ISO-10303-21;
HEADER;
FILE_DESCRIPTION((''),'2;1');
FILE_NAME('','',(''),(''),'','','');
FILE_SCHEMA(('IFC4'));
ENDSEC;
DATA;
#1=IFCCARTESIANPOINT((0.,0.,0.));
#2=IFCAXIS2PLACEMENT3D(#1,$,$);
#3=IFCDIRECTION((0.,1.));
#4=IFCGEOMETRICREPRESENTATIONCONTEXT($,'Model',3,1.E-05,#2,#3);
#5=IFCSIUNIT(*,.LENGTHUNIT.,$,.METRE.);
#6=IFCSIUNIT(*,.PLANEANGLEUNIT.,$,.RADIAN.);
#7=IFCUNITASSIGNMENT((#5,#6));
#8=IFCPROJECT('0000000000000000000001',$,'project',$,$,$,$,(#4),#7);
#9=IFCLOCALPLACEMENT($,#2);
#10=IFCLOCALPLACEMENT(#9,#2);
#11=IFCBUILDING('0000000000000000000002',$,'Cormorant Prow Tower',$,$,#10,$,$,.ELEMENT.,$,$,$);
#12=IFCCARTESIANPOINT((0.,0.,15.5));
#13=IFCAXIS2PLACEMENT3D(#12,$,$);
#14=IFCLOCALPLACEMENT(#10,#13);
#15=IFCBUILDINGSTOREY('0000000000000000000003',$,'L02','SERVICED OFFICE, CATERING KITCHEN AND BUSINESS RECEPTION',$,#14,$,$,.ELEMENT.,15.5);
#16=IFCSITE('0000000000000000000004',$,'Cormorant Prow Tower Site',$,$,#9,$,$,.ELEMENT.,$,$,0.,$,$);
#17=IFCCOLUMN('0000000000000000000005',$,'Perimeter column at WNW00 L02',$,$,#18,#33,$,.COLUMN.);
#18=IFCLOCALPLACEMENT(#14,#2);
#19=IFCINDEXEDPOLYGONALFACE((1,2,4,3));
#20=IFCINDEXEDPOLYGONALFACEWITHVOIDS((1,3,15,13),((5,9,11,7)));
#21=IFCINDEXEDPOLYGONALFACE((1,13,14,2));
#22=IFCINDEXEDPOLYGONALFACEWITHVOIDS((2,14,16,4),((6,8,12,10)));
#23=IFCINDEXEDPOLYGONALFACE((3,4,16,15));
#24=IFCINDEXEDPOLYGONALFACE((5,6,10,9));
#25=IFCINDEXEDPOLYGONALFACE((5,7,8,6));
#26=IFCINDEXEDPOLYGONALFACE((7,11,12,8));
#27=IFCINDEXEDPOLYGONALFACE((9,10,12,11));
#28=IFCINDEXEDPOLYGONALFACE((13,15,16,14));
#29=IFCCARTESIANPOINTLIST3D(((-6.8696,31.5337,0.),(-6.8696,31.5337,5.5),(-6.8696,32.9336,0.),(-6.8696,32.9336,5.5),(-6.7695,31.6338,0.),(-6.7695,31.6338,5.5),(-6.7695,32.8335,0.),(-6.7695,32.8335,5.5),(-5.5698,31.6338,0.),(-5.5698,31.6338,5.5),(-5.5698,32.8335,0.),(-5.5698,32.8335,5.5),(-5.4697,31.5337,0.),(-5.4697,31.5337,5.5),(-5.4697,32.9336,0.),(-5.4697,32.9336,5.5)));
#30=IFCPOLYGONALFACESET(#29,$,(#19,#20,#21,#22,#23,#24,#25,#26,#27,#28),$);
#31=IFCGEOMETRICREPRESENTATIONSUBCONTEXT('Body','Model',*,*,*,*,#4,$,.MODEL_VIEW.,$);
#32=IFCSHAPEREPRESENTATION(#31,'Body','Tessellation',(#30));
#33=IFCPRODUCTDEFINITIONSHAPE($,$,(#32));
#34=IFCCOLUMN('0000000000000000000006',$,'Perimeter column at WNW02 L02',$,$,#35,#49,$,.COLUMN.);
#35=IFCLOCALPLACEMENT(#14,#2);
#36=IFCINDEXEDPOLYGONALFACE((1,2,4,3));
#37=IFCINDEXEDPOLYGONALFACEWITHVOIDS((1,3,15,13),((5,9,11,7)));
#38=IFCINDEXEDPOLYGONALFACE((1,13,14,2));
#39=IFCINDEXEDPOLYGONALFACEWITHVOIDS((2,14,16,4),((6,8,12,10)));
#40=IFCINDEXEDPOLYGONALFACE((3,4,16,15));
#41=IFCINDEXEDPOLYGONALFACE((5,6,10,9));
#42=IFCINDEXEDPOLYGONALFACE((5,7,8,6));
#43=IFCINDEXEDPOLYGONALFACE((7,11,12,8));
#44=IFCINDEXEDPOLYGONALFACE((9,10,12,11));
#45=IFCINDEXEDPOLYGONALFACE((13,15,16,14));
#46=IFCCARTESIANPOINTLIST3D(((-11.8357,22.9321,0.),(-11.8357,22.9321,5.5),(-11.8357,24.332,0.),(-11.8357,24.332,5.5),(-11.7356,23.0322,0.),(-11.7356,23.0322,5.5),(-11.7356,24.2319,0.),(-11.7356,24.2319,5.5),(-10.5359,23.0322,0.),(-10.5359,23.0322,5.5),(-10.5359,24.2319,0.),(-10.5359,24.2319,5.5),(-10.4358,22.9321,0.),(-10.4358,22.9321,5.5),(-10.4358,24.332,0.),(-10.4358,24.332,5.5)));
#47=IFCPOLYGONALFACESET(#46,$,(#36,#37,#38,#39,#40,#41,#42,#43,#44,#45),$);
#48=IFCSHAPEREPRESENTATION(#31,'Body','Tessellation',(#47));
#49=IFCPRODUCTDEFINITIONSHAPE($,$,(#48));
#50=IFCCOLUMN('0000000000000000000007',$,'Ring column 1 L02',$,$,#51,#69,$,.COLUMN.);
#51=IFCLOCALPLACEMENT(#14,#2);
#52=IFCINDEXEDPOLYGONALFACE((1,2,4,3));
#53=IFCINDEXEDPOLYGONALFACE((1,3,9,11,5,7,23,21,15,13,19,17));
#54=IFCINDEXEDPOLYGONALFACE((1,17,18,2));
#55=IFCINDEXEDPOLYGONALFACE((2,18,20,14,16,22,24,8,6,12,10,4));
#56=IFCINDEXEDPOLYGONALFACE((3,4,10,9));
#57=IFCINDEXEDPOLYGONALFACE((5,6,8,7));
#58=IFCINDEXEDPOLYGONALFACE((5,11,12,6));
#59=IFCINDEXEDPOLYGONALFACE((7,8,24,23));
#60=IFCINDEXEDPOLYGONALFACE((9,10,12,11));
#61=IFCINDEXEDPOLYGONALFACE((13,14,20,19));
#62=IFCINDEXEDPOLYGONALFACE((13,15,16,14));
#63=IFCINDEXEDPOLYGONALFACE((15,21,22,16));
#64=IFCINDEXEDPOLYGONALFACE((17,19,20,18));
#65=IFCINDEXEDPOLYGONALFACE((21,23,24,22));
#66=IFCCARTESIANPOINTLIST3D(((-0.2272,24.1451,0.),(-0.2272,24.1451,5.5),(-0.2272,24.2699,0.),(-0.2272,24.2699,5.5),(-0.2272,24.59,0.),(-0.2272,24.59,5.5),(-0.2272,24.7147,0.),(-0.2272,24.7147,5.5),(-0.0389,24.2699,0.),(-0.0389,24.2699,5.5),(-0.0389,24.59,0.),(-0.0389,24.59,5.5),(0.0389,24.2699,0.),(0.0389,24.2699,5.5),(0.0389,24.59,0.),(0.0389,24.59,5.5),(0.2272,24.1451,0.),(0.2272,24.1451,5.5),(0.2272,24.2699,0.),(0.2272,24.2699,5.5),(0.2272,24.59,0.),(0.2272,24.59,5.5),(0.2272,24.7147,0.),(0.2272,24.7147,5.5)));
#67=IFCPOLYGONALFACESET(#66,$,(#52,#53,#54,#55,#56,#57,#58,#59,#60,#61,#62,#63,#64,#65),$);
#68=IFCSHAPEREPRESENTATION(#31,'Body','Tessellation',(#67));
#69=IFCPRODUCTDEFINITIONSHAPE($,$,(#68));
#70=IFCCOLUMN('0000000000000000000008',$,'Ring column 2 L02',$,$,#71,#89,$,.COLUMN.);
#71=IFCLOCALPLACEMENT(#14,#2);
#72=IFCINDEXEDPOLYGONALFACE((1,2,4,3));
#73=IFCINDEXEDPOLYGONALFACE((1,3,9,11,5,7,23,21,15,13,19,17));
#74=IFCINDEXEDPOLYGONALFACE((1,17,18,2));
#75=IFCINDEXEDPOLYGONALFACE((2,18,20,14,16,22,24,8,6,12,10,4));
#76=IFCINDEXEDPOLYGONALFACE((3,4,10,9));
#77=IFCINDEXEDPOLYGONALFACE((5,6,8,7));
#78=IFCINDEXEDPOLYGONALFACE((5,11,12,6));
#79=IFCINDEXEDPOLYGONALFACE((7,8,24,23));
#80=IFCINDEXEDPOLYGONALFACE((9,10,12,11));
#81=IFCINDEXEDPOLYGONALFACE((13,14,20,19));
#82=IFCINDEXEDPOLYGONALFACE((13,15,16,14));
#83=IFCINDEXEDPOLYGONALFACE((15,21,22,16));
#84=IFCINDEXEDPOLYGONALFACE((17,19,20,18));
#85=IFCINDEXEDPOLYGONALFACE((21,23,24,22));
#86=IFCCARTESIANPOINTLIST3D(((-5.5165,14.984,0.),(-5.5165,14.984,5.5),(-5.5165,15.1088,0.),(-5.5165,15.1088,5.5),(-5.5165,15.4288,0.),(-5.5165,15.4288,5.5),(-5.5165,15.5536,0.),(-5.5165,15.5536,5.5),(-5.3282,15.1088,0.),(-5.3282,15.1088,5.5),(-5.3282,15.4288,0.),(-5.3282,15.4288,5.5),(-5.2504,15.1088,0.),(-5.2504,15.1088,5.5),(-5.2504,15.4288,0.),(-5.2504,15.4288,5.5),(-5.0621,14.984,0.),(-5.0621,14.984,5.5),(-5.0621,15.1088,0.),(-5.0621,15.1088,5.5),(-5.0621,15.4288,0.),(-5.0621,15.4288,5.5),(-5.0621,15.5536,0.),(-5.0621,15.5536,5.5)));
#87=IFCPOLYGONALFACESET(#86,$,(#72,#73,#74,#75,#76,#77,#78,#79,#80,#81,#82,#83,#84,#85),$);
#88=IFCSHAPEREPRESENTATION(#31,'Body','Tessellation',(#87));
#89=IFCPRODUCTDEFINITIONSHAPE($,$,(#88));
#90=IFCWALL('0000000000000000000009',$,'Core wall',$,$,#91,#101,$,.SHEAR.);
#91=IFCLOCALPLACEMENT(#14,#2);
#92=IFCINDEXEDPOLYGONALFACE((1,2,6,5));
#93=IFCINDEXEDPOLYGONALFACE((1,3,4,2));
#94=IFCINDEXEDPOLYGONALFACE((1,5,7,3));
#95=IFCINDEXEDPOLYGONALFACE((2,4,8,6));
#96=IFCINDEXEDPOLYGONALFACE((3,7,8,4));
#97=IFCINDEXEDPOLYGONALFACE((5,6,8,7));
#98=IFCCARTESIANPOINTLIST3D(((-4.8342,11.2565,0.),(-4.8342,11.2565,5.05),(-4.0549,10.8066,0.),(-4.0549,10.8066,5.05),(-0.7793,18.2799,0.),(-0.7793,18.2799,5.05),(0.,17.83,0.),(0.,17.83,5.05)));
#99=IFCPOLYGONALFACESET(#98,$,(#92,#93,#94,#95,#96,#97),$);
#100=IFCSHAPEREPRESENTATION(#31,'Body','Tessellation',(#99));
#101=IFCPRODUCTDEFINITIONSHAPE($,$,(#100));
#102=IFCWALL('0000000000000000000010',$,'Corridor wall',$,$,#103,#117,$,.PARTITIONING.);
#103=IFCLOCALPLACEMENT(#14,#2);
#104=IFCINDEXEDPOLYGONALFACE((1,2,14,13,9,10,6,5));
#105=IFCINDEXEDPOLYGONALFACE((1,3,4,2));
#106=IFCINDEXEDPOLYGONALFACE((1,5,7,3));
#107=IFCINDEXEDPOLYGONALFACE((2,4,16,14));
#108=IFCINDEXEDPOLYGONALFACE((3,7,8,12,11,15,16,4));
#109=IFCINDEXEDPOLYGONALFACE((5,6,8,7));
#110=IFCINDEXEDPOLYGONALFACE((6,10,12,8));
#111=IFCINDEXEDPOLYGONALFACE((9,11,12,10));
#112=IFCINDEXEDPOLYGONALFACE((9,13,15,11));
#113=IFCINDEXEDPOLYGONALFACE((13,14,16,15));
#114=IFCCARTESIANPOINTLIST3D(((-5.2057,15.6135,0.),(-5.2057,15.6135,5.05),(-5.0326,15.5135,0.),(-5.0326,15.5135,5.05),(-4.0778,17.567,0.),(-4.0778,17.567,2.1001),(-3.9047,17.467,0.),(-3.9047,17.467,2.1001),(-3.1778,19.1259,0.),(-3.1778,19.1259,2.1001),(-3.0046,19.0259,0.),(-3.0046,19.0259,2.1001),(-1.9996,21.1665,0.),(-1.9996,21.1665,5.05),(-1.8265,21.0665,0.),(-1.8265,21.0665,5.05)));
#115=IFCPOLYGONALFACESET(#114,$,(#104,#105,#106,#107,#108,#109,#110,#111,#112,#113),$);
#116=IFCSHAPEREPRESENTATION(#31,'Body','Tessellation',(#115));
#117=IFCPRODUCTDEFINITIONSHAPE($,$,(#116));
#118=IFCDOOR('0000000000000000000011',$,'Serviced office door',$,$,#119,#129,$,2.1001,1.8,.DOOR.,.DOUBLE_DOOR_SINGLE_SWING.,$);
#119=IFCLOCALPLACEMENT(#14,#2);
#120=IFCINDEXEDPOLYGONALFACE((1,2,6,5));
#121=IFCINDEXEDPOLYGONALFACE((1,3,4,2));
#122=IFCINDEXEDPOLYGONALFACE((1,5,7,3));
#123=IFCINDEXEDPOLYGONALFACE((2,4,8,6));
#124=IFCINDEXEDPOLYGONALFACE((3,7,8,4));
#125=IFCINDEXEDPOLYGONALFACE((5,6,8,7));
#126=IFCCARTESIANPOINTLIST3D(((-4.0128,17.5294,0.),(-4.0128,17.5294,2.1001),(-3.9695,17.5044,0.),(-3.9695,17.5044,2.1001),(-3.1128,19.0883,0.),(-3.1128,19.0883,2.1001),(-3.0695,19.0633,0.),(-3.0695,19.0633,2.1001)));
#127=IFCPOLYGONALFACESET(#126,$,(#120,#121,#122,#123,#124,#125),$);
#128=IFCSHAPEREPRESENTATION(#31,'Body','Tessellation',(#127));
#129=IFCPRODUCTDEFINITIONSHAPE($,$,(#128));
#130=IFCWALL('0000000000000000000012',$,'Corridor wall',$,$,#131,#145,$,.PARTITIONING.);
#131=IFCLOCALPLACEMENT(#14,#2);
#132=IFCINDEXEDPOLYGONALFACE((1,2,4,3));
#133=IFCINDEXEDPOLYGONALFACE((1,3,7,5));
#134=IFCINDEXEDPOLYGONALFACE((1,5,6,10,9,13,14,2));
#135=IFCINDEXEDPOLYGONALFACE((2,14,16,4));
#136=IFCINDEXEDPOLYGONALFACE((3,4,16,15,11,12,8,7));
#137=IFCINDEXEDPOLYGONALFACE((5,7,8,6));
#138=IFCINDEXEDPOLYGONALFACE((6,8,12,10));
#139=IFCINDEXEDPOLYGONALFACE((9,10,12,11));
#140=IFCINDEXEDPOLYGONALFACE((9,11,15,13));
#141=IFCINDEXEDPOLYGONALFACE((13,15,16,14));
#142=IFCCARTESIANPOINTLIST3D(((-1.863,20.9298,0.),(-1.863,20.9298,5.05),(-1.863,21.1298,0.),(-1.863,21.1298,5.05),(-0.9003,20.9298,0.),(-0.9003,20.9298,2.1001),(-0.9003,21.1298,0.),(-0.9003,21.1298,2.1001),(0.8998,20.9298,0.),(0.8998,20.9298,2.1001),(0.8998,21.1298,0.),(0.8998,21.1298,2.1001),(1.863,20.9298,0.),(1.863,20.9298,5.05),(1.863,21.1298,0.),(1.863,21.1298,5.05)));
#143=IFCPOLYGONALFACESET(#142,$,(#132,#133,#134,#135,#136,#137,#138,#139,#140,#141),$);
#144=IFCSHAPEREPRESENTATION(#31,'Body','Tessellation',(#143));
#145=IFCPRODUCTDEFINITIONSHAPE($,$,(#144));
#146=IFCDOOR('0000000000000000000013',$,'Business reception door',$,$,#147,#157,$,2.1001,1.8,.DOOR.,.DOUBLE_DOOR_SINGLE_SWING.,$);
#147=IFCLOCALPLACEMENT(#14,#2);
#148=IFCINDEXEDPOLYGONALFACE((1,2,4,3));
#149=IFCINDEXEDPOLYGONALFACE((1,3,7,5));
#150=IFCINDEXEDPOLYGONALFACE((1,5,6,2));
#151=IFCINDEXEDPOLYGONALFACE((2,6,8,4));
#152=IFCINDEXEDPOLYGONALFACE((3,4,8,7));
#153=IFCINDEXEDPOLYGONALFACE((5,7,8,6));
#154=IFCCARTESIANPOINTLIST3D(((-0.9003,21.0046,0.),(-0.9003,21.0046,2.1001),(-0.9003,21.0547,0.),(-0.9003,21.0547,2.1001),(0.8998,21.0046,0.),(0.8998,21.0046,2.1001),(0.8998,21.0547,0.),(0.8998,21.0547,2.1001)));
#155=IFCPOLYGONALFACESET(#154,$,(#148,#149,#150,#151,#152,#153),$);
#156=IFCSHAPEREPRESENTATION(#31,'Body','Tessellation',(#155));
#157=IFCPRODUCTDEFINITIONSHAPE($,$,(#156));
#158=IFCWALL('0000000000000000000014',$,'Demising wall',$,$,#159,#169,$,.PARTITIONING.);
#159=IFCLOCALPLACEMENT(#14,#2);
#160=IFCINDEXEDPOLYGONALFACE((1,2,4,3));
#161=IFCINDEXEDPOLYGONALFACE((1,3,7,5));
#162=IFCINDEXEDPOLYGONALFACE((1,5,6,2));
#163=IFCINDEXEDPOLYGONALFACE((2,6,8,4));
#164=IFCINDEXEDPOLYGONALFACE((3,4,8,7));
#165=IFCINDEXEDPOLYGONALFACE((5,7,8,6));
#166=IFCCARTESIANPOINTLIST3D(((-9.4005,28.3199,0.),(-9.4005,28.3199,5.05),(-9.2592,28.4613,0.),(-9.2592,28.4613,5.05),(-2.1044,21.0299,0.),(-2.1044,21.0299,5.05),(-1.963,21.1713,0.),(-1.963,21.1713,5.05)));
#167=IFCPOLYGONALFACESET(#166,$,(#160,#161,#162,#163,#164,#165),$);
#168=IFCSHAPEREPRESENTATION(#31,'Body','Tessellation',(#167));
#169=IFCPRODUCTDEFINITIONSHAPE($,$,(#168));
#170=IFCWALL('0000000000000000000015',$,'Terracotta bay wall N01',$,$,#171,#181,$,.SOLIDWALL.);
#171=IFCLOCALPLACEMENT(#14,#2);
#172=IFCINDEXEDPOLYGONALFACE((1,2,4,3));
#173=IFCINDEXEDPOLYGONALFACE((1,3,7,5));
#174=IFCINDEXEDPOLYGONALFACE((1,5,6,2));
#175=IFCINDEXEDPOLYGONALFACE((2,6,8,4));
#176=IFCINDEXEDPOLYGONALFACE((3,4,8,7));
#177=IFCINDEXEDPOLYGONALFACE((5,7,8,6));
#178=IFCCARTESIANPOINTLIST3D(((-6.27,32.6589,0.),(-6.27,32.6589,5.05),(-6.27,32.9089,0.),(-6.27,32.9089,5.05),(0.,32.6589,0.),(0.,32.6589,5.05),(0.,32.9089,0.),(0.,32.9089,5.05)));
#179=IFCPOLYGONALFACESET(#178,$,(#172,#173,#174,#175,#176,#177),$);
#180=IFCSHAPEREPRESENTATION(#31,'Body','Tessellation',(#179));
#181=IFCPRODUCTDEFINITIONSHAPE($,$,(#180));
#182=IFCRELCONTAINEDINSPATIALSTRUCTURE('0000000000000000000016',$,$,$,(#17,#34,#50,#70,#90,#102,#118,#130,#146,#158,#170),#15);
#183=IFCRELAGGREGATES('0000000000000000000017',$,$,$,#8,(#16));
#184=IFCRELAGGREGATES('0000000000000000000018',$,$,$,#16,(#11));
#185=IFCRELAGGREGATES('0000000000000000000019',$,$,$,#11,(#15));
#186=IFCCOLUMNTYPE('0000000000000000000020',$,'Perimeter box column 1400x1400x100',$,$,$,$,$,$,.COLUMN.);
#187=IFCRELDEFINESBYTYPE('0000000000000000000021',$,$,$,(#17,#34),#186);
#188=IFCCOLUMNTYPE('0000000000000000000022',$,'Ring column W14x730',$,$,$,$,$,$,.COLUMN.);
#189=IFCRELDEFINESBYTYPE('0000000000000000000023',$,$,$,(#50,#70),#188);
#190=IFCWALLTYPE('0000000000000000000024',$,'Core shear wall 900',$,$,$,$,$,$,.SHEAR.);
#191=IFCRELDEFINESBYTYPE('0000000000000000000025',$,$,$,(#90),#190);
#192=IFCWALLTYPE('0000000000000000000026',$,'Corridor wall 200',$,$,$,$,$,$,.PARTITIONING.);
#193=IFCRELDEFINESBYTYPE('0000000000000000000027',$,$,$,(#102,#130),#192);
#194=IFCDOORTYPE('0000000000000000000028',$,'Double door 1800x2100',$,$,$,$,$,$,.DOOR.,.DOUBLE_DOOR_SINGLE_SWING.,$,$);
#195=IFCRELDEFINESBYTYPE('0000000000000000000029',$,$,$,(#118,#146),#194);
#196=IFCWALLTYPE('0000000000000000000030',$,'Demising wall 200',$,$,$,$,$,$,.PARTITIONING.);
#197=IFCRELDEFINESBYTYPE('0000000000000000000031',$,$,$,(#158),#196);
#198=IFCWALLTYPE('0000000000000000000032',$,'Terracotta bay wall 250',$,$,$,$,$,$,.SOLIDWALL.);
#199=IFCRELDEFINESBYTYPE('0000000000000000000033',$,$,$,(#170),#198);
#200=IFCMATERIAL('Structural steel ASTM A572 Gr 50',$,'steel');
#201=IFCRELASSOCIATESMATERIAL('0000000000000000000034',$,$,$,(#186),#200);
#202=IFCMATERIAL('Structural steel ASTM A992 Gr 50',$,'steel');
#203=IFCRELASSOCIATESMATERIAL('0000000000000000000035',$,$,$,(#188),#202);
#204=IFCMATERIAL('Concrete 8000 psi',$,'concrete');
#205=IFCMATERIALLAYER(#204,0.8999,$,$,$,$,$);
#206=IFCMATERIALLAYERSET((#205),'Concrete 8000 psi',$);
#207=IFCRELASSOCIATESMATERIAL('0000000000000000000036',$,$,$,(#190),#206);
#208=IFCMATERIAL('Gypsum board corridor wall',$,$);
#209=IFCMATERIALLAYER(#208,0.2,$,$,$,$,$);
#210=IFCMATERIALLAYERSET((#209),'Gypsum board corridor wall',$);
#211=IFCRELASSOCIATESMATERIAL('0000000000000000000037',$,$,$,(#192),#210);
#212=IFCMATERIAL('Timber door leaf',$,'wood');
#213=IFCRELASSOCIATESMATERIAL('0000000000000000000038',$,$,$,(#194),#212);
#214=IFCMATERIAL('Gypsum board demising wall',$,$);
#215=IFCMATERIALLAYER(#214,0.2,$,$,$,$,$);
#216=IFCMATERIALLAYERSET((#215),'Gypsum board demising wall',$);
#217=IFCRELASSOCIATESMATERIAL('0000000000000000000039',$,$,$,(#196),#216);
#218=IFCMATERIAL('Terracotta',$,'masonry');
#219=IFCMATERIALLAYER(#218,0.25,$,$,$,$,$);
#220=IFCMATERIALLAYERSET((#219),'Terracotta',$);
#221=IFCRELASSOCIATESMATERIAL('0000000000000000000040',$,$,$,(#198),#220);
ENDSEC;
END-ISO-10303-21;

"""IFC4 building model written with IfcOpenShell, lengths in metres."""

from ifc_helpers import new_model, si_unit, direction, frame, frame_2d, origin, origin_2d, place, context, subcontext, project, spatial, rectangle, hollow_rectangle, i_section, extrude, material, layer, layer_set, material_profile, profile_set, type_object, element, fill, save


model = new_model("IFC4")

# Units and contexts
model_context = context("Model", 3, precision=1e-05, world=origin(), true_north=direction((0.0, 1.0)))
body_context = subcontext(model_context, "Body", "Model", "MODEL_VIEW")
ifc_project = project(units=[si_unit("LENGTHUNIT", "METRE"), si_unit("PLANEANGLEUNIT", "RADIAN")], contexts=[model_context])

# Site, building, storey
site_placement = place(None, origin())
site = spatial("IfcSite", under=ifc_project, at=site_placement, Name="Cormorant Prow Tower Site", CompositionType="ELEMENT", RefElevation=0.0)
building_placement = place(site_placement, origin())
building = spatial("IfcBuilding", under=site, at=building_placement, Name="Cormorant Prow Tower", CompositionType="ELEMENT")
storey_placement = place(building_placement, frame((0.0, 0.0, 15.5)))
storey = spatial("IfcBuildingStorey", under=building, at=storey_placement, Name="L02", Description="SERVICED OFFICE, CATERING KITCHEN AND BUSINESS RECEPTION", CompositionType="ELEMENT", Elevation=15.5)

# Columns
ifc_material_1 = material(Name="Structural steel ASTM A572 Gr 50", Category="steel")
ifc_material_profile_1 = material_profile(ifc_material_1, hollow_rectangle(XDim=1.3999, YDim=1.3999, WallThickness=0.1001, at=origin_2d()), Name="Box 1400x1400x100")
ifc_profile_set_1 = profile_set([ifc_material_profile_1], Name="Structural steel ASTM A572 Gr 50")
column_type_1 = type_object("IfcColumnType", Name="Perimeter box column 1400x1400x100", PredefinedType="COLUMN", material=ifc_profile_set_1)
for number, where, z_axis, x_axis, name in (
    (1, (-6.1697, 32.2336, 0.0), (0.0, 0.0, 1.0), (1.0, 0.0, 0.0), "Perimeter column at WNW00 L02"),
    (2, (-11.1357, 23.6321, 0.0), (0.0, 0.0, 1.0), (1.0, 0.0, 0.0), "Perimeter column at WNW02 L02"),
):
    element("IfcColumn", number, at=place(storey_placement, frame(where, z_axis=z_axis, x_axis=x_axis)), inside=storey, type_object=column_type_1, Name=name, PredefinedType="COLUMN", context=body_context, shape_type="SweptSolid", body=[
        extrude(hollow_rectangle(XDim=1.3999, YDim=1.3999, WallThickness=0.1001, at=origin_2d()), origin(), (0.0, 0.0, 1.0), 5.5),
    ])
ifc_material_2 = material(Name="Structural steel ASTM A992 Gr 50", Category="steel")
ifc_material_profile_2 = material_profile(ifc_material_2, i_section(OverallWidth=0.4543, OverallDepth=0.5696, WebThickness=0.0779, FlangeThickness=0.1248, at=origin_2d()), Name="W14x730")
ifc_profile_set_2 = profile_set([ifc_material_profile_2], Name="Structural steel ASTM A992 Gr 50")
column_type_2 = type_object("IfcColumnType", Name="Ring column W14x730", PredefinedType="COLUMN", material=ifc_profile_set_2)
for number, where, z_axis, x_axis, name in (
    (3, (0.0, 24.4299, 0.0), (0.0, 0.0, 1.0), (1.0, 0.0, 0.0), "Ring column 1 L02"),
    (4, (-5.2893, 15.2688, 0.0), (0.0, 0.0, 1.0), (1.0, 0.0, 0.0), "Ring column 2 L02"),
):
    element("IfcColumn", number, at=place(storey_placement, frame(where, z_axis=z_axis, x_axis=x_axis)), inside=storey, type_object=column_type_2, Name=name, PredefinedType="COLUMN", context=body_context, shape_type="SweptSolid", body=[
        extrude(i_section(OverallWidth=0.4543, OverallDepth=0.5696, WebThickness=0.0779, FlangeThickness=0.1248, at=origin_2d()), origin(), (0.0, 0.0, 1.0), 5.5),
    ])

# Wall
ifc_material_3 = material(Name="Concrete 8000 psi", Category="concrete")
ifc_layer_1 = layer(ifc_material_3, 0.8999)
ifc_layer_set_1 = layer_set([ifc_layer_1], Name="Concrete 8000 psi")
wall_type_1 = type_object("IfcWallType", Name="Core shear wall 900", PredefinedType="SHEAR", material=ifc_layer_set_1)
wall_1_placement = place(storey_placement, frame((-0.3896, 18.0549, 0.0), z_axis=(0.0, 0.0, 1.0), x_axis=(-0.499995, -0.866028, 0.0)))
element("IfcWall", 5, at=wall_1_placement, inside=storey, type_object=wall_type_1, Name="Core wall", PredefinedType="SHEAR", context=body_context, shape_type="SweptSolid", body=[
    extrude(rectangle(XDim=8.1099, YDim=0.8999, at=frame_2d((4.0549, 0.0))), origin(), (0.0, 0.0, 1.0), 5.05),
])

# Walls, openings, doors
ifc_material_4 = material(Name="Gypsum board corridor wall")
ifc_layer_2 = layer(ifc_material_4, 0.2)
ifc_layer_set_2 = layer_set([ifc_layer_2], Name="Gypsum board corridor wall")
wall_type_2 = type_object("IfcWallType", Name="Corridor wall 200", PredefinedType="PARTITIONING", material=ifc_layer_set_2)
wall_2_placement = place(storey_placement, frame((-5.1191, 15.5635, 0.0), z_axis=(0.0, 0.0, 1.0), x_axis=(0.500005, 0.866023, 0.0)))
wall_2 = element("IfcWall", 6, at=wall_2_placement, inside=storey, type_object=wall_type_2, Name="Corridor wall", PredefinedType="PARTITIONING", context=body_context, shape_type="SweptSolid", body=[
    extrude(rectangle(XDim=6.4121, YDim=0.2, at=frame_2d((3.2061, 0.0))), origin(), (0.0, 0.0, 1.0), 5.05),
])
opening_1_placement = place(wall_2_placement, frame((2.2559, 0.0, 0.0)))
opening_1 = element("IfcOpeningElement", 7, at=opening_1_placement, cuts=wall_2, PredefinedType="OPENING", context=body_context, shape_type="SweptSolid", body=[
    extrude(rectangle(XDim=1.8, YDim=2.1001, at=frame_2d((0.8999, 1.05))), frame((0.0, 0.1099, 0.0), z_axis=(0.0, -1.0, 0.0), x_axis=(1.0, 0.0, 0.0)), (0.0, 0.0, 1.0), 0.22),
])
ifc_material_5 = material(Name="Timber door leaf", Category="wood")
door_type = type_object("IfcDoorType", Name="Double door 1800x2100", OperationType="DOUBLE_DOOR_SINGLE_SWING", PredefinedType="DOOR", material=ifc_material_5)
door_1_placement = place(opening_1_placement, origin())
door_1 = element("IfcDoor", 8, at=door_1_placement, inside=storey, type_object=door_type, Name="Serviced office door", OperationType="DOUBLE_DOOR_SINGLE_SWING", OverallHeight=2.1001, OverallWidth=1.8, PredefinedType="DOOR", context=body_context, shape_type="SweptSolid", body=[
    extrude(rectangle(XDim=1.8, YDim=2.1001, at=frame_2d((0.8999, 1.05))), frame((0.0, 0.0249, 0.0), z_axis=(0.0, -1.0, 0.0), x_axis=(1.0, 0.0, 0.0)), (0.0, 0.0, 1.0), 0.05),
])
fill(opening_1, door_1)
wall_3_placement = place(storey_placement, frame((-1.863, 21.0298, 0.0), z_axis=(0.0, 0.0, 1.0), x_axis=(1.0, 0.0, 0.0)))
wall_3 = element("IfcWall", 9, at=wall_3_placement, inside=storey, type_object=wall_type_2, Name="Corridor wall", PredefinedType="PARTITIONING", context=body_context, shape_type="SweptSolid", body=[
    extrude(rectangle(XDim=3.7261, YDim=0.2, at=frame_2d((1.863, 0.0))), origin(), (0.0, 0.0, 1.0), 5.05),
])
opening_2_placement = place(wall_3_placement, frame((0.9629, 0.0, 0.0)))
opening_2 = element("IfcOpeningElement", 10, at=opening_2_placement, cuts=wall_3, PredefinedType="OPENING", context=body_context, shape_type="SweptSolid", body=[
    extrude(rectangle(XDim=1.8, YDim=2.1001, at=frame_2d((0.8999, 1.05))), frame((0.0, 0.1099, 0.0), z_axis=(0.0, -1.0, 0.0), x_axis=(1.0, 0.0, 0.0)), (0.0, 0.0, 1.0), 0.22),
])
door_2_placement = place(opening_2_placement, origin())
door_2 = element("IfcDoor", 11, at=door_2_placement, inside=storey, type_object=door_type, Name="Business reception door", OperationType="DOUBLE_DOOR_SINGLE_SWING", OverallHeight=2.1001, OverallWidth=1.8, PredefinedType="DOOR", context=body_context, shape_type="SweptSolid", body=[
    extrude(rectangle(XDim=1.8, YDim=2.1001, at=frame_2d((0.8999, 1.05))), frame((0.0, 0.0249, 0.0), z_axis=(0.0, -1.0, 0.0), x_axis=(1.0, 0.0, 0.0)), (0.0, 0.0, 1.0), 0.05),
])
fill(opening_2, door_2)

# Walls
ifc_material_6 = material(Name="Gypsum board demising wall")
ifc_layer_3 = layer(ifc_material_6, 0.2)
ifc_layer_set_3 = layer_set([ifc_layer_3], Name="Gypsum board demising wall")
wall_type_3 = type_object("IfcWallType", Name="Demising wall 200", PredefinedType="PARTITIONING", material=ifc_layer_set_3)
wall_4_placement = place(storey_placement, frame((-9.3298, 28.3906, 0.0), z_axis=(0.0, 0.0, 1.0), x_axis=(0.707403, -0.706811, 0.0)))
element("IfcWall", 12, at=wall_4_placement, inside=storey, type_object=wall_type_3, Name="Demising wall", PredefinedType="PARTITIONING", context=body_context, shape_type="SweptSolid", body=[
    extrude(rectangle(XDim=10.314, YDim=0.2, at=frame_2d((5.157, 0.0))), origin(), (0.0, 0.0, 1.0), 5.05),
])
ifc_material_7 = material(Name="Terracotta", Category="masonry")
ifc_layer_4 = layer(ifc_material_7, 0.25)
ifc_layer_set_4 = layer_set([ifc_layer_4], Name="Terracotta")
wall_type_4 = type_object("IfcWallType", Name="Terracotta bay wall 250", PredefinedType="SOLIDWALL", material=ifc_layer_set_4)
wall_5_placement = place(storey_placement, frame((0.0, 32.7839, 0.0), z_axis=(0.0, 0.0, 1.0), x_axis=(-1.0, 0.0, 0.0)))
element("IfcWall", 13, at=wall_5_placement, inside=storey, type_object=wall_type_4, Name="Terracotta bay wall N01", PredefinedType="SOLIDWALL", context=body_context, shape_type="SweptSolid", body=[
    extrude(rectangle(XDim=6.27, YDim=0.25, at=frame_2d((3.135, 0.0))), origin(), (0.0, 0.0, 1.0), 5.05),
])

save(model, "model.ifc")
